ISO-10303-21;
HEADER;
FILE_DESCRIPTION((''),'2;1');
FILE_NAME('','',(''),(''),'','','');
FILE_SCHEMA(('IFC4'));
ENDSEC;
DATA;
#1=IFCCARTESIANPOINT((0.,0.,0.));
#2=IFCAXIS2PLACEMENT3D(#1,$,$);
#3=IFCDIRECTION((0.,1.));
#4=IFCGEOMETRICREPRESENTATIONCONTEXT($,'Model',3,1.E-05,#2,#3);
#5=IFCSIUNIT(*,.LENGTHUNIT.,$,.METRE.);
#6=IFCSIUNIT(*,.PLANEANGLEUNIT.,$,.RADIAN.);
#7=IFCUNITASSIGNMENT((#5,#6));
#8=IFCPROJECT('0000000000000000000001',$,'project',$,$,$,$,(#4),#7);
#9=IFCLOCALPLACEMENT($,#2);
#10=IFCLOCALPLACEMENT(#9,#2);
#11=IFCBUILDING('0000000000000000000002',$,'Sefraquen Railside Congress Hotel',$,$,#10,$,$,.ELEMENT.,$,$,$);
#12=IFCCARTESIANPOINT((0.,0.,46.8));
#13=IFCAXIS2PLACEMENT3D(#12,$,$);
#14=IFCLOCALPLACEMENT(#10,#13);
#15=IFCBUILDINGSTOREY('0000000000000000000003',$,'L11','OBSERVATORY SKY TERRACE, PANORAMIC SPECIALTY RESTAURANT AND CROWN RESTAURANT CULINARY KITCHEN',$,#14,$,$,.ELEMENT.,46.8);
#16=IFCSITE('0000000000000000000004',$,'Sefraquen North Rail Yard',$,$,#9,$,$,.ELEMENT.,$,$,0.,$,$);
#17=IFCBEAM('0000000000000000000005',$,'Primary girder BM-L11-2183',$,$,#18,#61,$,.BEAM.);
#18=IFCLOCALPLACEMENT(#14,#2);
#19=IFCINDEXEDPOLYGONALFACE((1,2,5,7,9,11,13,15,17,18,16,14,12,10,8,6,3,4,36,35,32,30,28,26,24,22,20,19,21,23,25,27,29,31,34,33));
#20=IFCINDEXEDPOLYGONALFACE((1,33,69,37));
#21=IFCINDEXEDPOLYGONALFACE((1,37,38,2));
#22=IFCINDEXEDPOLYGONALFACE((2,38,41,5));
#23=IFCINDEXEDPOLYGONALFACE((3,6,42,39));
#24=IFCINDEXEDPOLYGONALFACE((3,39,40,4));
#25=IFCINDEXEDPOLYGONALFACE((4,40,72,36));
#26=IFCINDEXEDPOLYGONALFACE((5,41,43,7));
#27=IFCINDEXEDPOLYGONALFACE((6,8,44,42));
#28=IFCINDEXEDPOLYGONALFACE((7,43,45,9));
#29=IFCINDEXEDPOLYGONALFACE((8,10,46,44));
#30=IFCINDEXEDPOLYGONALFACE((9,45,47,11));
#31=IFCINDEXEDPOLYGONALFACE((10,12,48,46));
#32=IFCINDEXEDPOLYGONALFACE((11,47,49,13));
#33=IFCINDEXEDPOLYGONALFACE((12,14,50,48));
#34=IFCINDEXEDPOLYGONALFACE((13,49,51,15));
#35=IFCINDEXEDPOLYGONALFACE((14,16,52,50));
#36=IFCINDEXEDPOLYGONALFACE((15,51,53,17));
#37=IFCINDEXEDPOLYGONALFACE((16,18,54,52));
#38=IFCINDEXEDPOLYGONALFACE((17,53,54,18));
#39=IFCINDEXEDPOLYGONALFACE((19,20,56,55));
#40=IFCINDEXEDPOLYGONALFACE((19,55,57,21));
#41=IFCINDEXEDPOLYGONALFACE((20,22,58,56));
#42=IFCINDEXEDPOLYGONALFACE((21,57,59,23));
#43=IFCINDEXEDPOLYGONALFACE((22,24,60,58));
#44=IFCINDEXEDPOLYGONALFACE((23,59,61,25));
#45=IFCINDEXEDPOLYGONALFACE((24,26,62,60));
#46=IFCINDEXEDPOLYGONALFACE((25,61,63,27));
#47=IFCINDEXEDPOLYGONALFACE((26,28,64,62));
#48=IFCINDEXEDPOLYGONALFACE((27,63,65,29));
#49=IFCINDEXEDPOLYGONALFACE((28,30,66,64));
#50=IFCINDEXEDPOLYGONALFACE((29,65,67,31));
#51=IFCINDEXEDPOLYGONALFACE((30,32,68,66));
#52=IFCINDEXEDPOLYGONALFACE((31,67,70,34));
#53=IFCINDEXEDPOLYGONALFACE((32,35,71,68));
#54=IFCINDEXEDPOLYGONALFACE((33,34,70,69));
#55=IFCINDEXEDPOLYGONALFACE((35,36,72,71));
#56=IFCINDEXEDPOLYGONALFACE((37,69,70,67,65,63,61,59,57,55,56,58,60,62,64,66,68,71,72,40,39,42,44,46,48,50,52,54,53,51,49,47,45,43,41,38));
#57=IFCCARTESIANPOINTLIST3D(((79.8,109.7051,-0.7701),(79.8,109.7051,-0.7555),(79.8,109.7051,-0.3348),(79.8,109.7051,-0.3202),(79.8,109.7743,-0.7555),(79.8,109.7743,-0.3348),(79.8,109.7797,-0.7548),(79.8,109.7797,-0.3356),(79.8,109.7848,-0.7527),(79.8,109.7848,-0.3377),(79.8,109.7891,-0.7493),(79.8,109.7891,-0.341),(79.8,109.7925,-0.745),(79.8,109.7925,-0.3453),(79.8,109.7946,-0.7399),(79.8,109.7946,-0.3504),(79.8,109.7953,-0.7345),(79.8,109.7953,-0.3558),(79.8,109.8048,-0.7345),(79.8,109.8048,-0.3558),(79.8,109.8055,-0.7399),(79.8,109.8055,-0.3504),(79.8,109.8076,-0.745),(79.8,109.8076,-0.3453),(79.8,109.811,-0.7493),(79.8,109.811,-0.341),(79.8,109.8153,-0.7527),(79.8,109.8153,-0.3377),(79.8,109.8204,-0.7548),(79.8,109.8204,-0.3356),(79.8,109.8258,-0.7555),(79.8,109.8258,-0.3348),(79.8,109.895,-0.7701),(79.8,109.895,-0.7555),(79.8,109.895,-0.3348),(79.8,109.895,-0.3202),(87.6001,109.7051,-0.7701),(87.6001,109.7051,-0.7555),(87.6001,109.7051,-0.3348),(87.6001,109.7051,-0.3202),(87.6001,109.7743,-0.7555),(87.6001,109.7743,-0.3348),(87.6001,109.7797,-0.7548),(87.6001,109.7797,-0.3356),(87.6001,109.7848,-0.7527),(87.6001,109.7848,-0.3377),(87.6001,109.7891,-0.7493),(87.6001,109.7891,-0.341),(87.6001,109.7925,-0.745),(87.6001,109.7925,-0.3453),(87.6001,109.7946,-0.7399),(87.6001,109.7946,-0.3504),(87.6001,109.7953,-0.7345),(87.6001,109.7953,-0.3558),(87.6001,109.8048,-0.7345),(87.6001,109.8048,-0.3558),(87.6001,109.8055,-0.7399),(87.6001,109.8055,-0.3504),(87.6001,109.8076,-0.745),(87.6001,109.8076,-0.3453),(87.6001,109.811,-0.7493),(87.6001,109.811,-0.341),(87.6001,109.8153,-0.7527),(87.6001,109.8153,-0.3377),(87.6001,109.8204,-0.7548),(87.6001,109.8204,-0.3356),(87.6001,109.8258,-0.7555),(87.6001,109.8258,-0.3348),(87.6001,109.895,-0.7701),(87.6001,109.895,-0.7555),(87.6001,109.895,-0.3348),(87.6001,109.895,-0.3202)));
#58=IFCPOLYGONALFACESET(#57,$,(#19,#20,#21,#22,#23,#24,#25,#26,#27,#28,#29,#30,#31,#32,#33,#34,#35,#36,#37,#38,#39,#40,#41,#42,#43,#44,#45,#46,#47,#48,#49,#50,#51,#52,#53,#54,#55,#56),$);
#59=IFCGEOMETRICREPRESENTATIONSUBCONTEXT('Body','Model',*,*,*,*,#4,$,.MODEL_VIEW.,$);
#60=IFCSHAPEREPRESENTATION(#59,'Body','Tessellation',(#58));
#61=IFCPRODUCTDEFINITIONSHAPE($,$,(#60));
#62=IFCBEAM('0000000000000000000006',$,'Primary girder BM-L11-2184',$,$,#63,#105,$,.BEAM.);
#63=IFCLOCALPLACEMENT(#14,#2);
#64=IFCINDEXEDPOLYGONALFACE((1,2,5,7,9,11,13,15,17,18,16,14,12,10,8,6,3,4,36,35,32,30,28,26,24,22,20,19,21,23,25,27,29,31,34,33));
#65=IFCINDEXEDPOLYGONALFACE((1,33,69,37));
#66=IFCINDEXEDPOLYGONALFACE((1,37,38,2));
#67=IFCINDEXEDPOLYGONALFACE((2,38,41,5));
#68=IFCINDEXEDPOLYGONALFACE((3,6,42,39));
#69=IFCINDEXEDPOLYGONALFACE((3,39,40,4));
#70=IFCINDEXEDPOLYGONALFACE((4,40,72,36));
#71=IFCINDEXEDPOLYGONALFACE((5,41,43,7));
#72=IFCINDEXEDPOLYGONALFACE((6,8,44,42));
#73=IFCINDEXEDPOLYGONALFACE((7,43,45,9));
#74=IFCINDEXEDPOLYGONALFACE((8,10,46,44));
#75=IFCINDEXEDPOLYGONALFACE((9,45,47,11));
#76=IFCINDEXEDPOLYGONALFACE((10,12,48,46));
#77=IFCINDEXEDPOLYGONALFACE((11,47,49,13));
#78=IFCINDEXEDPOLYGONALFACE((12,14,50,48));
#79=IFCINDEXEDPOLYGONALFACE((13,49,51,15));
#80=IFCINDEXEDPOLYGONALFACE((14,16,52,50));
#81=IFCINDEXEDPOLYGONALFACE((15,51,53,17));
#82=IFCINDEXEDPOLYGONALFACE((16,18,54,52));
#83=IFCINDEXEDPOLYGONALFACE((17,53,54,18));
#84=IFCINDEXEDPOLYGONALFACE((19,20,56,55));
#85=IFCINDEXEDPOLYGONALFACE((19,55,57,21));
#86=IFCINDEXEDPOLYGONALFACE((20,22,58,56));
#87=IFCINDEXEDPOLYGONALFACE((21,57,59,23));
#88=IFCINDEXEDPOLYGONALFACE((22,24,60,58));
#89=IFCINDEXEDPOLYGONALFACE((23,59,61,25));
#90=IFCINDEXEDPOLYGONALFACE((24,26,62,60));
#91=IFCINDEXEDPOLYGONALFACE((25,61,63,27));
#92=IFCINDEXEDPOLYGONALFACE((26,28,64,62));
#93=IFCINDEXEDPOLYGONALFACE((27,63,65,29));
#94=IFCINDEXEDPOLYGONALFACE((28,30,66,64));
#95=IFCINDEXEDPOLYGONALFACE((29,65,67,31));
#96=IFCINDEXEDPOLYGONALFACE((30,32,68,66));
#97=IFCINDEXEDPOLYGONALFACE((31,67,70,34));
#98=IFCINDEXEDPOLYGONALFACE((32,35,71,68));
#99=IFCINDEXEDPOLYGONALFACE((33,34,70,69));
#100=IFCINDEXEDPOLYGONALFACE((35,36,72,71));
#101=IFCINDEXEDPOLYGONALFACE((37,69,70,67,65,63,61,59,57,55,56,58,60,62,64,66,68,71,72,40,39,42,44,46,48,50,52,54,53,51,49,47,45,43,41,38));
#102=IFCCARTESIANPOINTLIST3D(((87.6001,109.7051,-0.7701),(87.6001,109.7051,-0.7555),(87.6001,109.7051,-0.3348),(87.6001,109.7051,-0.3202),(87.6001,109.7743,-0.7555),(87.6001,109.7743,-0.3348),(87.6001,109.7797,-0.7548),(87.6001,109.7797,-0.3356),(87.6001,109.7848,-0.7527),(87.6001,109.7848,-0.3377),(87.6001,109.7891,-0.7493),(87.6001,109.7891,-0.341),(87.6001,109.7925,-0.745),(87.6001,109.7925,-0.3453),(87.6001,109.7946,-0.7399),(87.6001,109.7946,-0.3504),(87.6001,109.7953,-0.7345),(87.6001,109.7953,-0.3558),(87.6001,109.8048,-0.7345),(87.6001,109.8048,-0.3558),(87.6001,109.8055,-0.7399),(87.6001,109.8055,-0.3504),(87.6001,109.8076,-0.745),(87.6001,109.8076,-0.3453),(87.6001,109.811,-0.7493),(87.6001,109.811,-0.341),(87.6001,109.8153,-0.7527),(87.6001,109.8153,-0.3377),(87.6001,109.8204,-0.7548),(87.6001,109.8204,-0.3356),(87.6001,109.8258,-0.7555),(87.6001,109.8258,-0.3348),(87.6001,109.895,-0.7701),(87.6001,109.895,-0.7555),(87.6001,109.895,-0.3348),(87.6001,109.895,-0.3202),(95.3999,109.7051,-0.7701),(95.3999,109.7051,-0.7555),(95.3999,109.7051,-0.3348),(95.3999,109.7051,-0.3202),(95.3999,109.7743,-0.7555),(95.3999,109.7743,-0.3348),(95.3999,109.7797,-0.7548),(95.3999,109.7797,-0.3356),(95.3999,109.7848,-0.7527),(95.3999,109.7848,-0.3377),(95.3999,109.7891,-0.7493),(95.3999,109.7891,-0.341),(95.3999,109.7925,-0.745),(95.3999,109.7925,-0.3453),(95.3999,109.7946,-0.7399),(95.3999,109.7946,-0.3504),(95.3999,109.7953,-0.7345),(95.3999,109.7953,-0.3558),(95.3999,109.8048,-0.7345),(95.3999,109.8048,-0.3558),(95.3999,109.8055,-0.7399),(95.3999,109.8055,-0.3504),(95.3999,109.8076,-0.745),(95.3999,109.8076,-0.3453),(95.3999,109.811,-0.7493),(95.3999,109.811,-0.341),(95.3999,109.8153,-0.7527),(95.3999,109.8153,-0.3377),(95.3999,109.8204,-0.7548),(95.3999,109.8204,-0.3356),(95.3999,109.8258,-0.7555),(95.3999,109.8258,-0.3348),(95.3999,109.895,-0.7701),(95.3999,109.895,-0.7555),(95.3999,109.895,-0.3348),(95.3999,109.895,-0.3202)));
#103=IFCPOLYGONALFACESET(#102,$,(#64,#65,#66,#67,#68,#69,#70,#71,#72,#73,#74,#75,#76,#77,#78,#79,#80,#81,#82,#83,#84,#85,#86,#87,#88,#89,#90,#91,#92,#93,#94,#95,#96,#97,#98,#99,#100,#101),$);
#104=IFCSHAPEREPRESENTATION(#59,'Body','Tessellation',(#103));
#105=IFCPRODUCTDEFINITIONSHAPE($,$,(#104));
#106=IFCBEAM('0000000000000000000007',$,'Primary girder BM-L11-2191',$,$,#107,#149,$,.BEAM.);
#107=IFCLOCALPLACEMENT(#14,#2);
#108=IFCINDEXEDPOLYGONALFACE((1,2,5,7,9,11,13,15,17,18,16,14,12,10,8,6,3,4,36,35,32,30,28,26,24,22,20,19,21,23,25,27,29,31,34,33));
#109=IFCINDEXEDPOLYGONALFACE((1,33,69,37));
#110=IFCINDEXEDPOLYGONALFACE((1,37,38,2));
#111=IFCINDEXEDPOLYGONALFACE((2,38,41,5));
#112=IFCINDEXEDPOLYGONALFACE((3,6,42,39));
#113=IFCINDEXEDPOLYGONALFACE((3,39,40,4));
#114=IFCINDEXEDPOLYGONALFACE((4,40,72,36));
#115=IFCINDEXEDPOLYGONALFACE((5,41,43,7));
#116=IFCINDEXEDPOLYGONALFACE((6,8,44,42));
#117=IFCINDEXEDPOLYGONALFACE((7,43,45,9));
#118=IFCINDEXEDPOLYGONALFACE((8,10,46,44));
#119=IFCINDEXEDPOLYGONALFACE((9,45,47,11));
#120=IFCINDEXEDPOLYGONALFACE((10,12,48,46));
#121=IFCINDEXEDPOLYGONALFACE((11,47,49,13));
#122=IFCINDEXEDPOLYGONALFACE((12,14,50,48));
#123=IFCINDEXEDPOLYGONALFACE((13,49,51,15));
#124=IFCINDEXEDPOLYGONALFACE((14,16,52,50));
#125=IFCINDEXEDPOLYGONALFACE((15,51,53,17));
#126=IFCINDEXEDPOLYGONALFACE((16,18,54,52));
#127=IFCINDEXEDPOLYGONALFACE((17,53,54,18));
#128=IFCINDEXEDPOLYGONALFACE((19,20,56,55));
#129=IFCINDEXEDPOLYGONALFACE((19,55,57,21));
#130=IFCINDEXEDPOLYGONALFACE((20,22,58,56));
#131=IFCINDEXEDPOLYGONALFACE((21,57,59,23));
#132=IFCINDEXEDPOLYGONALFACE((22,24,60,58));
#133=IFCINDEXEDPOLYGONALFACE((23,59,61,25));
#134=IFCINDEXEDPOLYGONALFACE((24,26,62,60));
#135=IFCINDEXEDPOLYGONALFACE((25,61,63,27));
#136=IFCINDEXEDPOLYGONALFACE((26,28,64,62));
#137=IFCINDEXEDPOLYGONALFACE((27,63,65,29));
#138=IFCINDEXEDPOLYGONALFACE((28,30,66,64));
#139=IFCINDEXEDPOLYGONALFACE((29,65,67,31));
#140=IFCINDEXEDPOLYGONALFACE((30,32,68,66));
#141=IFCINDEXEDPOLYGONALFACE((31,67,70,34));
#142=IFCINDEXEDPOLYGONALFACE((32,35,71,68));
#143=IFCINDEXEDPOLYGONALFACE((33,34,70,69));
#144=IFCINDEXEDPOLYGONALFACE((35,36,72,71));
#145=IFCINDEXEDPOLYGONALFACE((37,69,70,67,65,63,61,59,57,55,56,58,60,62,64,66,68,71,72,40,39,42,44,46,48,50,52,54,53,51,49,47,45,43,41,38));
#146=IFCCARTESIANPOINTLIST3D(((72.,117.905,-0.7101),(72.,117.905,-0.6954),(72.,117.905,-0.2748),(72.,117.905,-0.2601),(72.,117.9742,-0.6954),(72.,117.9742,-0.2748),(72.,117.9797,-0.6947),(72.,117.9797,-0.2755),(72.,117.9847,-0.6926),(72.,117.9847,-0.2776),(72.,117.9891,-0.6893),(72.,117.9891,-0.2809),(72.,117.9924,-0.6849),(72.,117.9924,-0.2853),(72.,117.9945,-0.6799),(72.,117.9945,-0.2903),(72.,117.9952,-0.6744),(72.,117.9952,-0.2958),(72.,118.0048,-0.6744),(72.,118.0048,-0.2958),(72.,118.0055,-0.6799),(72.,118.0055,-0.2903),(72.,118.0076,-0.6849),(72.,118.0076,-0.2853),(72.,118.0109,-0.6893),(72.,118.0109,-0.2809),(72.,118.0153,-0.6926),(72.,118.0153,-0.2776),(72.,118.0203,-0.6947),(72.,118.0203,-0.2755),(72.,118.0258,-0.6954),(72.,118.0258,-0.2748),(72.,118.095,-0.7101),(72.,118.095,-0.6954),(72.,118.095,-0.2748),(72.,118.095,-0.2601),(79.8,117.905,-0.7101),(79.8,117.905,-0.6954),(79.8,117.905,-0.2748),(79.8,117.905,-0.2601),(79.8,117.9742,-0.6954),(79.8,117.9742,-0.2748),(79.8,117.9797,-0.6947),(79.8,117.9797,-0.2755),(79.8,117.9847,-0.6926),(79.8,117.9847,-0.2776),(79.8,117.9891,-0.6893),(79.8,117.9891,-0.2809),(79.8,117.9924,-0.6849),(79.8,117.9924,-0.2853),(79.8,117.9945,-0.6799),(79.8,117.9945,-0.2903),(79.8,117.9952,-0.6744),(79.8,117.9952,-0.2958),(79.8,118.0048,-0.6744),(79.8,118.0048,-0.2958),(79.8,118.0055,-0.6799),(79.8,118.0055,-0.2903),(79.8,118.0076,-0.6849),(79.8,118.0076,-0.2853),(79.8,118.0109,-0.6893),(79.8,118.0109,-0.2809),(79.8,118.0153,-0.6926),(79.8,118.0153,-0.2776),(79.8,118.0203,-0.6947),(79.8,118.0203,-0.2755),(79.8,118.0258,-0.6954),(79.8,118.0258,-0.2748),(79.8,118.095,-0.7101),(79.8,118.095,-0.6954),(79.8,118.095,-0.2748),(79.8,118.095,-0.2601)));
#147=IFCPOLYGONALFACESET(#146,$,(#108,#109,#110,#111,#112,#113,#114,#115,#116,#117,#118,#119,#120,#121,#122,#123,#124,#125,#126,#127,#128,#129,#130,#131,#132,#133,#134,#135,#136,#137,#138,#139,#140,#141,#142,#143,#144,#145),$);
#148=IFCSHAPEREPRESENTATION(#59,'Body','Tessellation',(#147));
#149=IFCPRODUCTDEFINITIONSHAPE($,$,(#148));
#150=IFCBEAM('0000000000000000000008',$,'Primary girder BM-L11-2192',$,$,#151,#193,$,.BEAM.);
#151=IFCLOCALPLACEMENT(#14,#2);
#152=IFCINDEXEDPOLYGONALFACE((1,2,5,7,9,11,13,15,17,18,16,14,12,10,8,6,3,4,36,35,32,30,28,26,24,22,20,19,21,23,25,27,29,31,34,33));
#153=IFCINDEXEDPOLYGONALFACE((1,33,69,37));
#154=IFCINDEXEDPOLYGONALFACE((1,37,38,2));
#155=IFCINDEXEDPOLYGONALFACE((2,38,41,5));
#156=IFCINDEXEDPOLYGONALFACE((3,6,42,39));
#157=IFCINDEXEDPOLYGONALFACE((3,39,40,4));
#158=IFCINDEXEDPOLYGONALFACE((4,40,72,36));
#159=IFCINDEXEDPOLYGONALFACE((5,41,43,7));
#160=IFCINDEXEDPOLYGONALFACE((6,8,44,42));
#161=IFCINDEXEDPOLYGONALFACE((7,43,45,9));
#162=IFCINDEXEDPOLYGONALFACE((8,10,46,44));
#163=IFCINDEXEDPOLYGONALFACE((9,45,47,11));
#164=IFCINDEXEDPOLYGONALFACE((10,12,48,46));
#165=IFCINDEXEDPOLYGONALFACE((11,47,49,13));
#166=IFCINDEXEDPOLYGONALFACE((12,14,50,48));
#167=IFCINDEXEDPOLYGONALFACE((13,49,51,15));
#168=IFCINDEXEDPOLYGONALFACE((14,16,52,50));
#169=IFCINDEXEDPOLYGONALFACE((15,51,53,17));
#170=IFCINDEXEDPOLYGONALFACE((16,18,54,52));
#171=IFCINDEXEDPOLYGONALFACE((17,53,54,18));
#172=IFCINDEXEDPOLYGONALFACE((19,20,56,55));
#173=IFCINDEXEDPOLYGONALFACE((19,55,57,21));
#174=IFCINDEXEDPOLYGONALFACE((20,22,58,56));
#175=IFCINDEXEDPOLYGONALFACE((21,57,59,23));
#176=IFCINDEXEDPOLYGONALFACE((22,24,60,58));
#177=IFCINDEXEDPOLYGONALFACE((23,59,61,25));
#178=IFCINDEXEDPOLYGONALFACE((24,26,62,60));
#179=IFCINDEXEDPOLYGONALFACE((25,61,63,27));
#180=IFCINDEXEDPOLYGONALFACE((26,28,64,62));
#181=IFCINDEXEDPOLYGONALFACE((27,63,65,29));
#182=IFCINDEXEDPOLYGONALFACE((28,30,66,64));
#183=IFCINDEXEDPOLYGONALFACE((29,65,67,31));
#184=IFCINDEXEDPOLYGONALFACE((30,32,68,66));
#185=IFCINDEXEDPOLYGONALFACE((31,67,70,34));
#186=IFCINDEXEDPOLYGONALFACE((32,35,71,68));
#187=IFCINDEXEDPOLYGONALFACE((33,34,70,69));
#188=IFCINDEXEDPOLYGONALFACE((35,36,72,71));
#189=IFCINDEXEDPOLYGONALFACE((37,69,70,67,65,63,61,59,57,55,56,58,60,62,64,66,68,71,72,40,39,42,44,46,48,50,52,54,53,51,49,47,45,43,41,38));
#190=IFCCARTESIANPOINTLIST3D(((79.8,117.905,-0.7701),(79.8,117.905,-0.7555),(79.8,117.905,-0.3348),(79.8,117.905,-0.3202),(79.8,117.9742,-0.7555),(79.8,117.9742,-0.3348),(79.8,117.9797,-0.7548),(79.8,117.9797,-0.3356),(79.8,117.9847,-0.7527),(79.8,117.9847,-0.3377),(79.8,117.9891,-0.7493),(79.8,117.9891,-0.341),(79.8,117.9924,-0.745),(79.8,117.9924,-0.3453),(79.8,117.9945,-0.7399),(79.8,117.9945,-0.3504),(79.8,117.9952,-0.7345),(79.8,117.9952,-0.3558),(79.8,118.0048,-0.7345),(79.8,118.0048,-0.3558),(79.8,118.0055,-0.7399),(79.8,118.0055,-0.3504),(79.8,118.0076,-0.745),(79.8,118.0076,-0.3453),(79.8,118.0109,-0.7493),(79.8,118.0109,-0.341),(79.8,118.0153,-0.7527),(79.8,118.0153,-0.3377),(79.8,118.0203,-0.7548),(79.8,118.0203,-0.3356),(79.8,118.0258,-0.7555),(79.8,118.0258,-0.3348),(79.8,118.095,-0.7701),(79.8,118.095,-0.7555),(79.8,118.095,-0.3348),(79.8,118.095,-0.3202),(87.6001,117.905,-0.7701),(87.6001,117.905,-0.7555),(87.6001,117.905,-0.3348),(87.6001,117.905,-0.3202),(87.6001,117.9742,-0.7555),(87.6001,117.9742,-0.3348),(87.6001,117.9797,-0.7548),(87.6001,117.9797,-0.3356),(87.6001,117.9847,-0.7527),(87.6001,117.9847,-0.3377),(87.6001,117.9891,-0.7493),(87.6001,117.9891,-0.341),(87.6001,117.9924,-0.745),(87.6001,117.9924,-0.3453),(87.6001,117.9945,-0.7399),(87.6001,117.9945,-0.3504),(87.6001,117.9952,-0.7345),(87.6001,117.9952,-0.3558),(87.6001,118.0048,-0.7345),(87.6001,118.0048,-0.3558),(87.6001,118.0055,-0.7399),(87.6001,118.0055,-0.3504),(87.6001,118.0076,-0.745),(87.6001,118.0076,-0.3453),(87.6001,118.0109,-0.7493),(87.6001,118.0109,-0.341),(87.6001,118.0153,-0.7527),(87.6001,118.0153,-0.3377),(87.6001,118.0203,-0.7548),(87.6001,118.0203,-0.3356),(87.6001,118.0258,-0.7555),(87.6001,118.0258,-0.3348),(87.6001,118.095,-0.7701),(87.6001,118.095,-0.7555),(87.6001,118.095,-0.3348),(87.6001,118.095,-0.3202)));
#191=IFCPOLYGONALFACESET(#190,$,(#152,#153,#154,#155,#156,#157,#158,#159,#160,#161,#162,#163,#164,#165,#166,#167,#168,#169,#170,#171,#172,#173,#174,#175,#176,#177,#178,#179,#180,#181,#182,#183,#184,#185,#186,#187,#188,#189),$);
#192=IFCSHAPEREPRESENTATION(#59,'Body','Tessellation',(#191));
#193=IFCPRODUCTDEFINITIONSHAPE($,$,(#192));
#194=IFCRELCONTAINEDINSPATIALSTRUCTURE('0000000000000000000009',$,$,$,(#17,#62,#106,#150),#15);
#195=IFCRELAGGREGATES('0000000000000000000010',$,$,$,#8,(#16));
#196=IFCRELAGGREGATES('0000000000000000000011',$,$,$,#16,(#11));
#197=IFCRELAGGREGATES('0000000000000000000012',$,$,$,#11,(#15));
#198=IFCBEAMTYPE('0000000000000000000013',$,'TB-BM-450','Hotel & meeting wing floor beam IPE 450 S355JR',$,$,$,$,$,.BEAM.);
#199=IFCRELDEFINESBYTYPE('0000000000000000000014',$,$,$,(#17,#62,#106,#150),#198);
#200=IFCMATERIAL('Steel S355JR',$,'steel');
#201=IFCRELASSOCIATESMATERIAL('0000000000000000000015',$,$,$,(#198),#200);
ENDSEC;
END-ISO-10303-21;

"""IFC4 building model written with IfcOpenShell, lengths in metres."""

from ifc_helpers import new_model, si_unit, direction, frame, origin, origin_2d, place, context, subcontext, project, spatial, i_section, extrude, material, material_profile, profile_set, type_object, element, save


model = new_model("IFC4")

# Units and contexts
model_context = context("Model", 3, precision=1e-05, world=origin(), true_north=direction((0.0, 1.0)))
body_context = subcontext(model_context, "Body", "Model", "MODEL_VIEW")
ifc_project = project(units=[si_unit("LENGTHUNIT", "METRE"), si_unit("PLANEANGLEUNIT", "RADIAN")], contexts=[model_context])

# Site, building, storey
site_placement = place(None, origin())
site = spatial("IfcSite", under=ifc_project, at=site_placement, Name="Sefraquen North Rail Yard", CompositionType="ELEMENT", RefElevation=0.0)
building_placement = place(site_placement, origin())
building = spatial("IfcBuilding", under=site, at=building_placement, Name="Sefraquen Railside Congress Hotel", CompositionType="ELEMENT")
storey_placement = place(building_placement, frame((0.0, 0.0, 46.8)))
storey = spatial("IfcBuildingStorey", under=building, at=storey_placement, Name="L11", Description="OBSERVATORY SKY TERRACE, PANORAMIC SPECIALTY RESTAURANT AND CROWN RESTAURANT CULINARY KITCHEN", CompositionType="ELEMENT", Elevation=46.8)

# Shared definitions
ifc_material_1 = material(Name="Steel S355JR", Category="steel")

# Beams
ifc_material_profile_1 = material_profile(ifc_material_1, i_section(OverallWidth=0.1899, OverallDepth=0.45, WebThickness=0.0095, FlangeThickness=0.0146, FilletRadius=0.021, at=origin_2d()), Name="IPE 450")
ifc_profile_set_1 = profile_set([ifc_material_profile_1], Name="Steel S355JR")
beam_type_1 = type_object("IfcBeamType", Name="TB-BM-450", Description="Hotel & meeting wing floor beam IPE 450 S355JR", PredefinedType="BEAM", material=ifc_profile_set_1)
beam_1_placement = place(storey_placement, frame((79.8, 109.8, -0.5452), z_axis=(1.0, 0.0, 0.0), x_axis=(0.0, 1.0, 0.0)))
element("IfcBeam", 1, at=beam_1_placement, inside=storey, type_object=beam_type_1, Name="Primary girder BM-L11-2183", PredefinedType="BEAM", context=body_context, shape_type="SweptSolid", body=[
    extrude(i_section(OverallWidth=0.1899, OverallDepth=0.45, WebThickness=0.0095, FlangeThickness=0.0146, FilletRadius=0.021, at=origin_2d()), origin(), (0.0, 0.0, 1.0), 7.8),
])
beam_2_placement = place(storey_placement, frame((87.6001, 109.8, -0.5452), z_axis=(1.0, 0.0, 0.0), x_axis=(0.0, 1.0, 0.0)))
element("IfcBeam", 2, at=beam_2_placement, inside=storey, type_object=beam_type_1, Name="Primary girder BM-L11-2184", PredefinedType="BEAM", context=body_context, shape_type="SweptSolid", body=[
    extrude(i_section(OverallWidth=0.1899, OverallDepth=0.45, WebThickness=0.0095, FlangeThickness=0.0146, FilletRadius=0.021, at=origin_2d()), origin(), (0.0, 0.0, 1.0), 7.7998),
])
for number, where, z_axis, x_axis, name in (
    (3, (72.0, 118.0, -0.4851), (1.0, 0.0, 0.0), (0.0, 1.0, 0.0), "Primary girder BM-L11-2191"),
    (4, (79.8, 118.0, -0.5452), (1.0, 0.0, 0.0), (0.0, 1.0, 0.0), "Primary girder BM-L11-2192"),
):
    element("IfcBeam", number, at=place(storey_placement, frame(where, z_axis=z_axis, x_axis=x_axis)), inside=storey, type_object=beam_type_1, Name=name, PredefinedType="BEAM", context=body_context, shape_type="SweptSolid", body=[
        extrude(i_section(OverallWidth=0.1899, OverallDepth=0.45, WebThickness=0.0095, FlangeThickness=0.0146, FilletRadius=0.021, at=origin_2d()), origin(), (0.0, 0.0, 1.0), 7.8),
    ])

save(model, "model.ifc")
